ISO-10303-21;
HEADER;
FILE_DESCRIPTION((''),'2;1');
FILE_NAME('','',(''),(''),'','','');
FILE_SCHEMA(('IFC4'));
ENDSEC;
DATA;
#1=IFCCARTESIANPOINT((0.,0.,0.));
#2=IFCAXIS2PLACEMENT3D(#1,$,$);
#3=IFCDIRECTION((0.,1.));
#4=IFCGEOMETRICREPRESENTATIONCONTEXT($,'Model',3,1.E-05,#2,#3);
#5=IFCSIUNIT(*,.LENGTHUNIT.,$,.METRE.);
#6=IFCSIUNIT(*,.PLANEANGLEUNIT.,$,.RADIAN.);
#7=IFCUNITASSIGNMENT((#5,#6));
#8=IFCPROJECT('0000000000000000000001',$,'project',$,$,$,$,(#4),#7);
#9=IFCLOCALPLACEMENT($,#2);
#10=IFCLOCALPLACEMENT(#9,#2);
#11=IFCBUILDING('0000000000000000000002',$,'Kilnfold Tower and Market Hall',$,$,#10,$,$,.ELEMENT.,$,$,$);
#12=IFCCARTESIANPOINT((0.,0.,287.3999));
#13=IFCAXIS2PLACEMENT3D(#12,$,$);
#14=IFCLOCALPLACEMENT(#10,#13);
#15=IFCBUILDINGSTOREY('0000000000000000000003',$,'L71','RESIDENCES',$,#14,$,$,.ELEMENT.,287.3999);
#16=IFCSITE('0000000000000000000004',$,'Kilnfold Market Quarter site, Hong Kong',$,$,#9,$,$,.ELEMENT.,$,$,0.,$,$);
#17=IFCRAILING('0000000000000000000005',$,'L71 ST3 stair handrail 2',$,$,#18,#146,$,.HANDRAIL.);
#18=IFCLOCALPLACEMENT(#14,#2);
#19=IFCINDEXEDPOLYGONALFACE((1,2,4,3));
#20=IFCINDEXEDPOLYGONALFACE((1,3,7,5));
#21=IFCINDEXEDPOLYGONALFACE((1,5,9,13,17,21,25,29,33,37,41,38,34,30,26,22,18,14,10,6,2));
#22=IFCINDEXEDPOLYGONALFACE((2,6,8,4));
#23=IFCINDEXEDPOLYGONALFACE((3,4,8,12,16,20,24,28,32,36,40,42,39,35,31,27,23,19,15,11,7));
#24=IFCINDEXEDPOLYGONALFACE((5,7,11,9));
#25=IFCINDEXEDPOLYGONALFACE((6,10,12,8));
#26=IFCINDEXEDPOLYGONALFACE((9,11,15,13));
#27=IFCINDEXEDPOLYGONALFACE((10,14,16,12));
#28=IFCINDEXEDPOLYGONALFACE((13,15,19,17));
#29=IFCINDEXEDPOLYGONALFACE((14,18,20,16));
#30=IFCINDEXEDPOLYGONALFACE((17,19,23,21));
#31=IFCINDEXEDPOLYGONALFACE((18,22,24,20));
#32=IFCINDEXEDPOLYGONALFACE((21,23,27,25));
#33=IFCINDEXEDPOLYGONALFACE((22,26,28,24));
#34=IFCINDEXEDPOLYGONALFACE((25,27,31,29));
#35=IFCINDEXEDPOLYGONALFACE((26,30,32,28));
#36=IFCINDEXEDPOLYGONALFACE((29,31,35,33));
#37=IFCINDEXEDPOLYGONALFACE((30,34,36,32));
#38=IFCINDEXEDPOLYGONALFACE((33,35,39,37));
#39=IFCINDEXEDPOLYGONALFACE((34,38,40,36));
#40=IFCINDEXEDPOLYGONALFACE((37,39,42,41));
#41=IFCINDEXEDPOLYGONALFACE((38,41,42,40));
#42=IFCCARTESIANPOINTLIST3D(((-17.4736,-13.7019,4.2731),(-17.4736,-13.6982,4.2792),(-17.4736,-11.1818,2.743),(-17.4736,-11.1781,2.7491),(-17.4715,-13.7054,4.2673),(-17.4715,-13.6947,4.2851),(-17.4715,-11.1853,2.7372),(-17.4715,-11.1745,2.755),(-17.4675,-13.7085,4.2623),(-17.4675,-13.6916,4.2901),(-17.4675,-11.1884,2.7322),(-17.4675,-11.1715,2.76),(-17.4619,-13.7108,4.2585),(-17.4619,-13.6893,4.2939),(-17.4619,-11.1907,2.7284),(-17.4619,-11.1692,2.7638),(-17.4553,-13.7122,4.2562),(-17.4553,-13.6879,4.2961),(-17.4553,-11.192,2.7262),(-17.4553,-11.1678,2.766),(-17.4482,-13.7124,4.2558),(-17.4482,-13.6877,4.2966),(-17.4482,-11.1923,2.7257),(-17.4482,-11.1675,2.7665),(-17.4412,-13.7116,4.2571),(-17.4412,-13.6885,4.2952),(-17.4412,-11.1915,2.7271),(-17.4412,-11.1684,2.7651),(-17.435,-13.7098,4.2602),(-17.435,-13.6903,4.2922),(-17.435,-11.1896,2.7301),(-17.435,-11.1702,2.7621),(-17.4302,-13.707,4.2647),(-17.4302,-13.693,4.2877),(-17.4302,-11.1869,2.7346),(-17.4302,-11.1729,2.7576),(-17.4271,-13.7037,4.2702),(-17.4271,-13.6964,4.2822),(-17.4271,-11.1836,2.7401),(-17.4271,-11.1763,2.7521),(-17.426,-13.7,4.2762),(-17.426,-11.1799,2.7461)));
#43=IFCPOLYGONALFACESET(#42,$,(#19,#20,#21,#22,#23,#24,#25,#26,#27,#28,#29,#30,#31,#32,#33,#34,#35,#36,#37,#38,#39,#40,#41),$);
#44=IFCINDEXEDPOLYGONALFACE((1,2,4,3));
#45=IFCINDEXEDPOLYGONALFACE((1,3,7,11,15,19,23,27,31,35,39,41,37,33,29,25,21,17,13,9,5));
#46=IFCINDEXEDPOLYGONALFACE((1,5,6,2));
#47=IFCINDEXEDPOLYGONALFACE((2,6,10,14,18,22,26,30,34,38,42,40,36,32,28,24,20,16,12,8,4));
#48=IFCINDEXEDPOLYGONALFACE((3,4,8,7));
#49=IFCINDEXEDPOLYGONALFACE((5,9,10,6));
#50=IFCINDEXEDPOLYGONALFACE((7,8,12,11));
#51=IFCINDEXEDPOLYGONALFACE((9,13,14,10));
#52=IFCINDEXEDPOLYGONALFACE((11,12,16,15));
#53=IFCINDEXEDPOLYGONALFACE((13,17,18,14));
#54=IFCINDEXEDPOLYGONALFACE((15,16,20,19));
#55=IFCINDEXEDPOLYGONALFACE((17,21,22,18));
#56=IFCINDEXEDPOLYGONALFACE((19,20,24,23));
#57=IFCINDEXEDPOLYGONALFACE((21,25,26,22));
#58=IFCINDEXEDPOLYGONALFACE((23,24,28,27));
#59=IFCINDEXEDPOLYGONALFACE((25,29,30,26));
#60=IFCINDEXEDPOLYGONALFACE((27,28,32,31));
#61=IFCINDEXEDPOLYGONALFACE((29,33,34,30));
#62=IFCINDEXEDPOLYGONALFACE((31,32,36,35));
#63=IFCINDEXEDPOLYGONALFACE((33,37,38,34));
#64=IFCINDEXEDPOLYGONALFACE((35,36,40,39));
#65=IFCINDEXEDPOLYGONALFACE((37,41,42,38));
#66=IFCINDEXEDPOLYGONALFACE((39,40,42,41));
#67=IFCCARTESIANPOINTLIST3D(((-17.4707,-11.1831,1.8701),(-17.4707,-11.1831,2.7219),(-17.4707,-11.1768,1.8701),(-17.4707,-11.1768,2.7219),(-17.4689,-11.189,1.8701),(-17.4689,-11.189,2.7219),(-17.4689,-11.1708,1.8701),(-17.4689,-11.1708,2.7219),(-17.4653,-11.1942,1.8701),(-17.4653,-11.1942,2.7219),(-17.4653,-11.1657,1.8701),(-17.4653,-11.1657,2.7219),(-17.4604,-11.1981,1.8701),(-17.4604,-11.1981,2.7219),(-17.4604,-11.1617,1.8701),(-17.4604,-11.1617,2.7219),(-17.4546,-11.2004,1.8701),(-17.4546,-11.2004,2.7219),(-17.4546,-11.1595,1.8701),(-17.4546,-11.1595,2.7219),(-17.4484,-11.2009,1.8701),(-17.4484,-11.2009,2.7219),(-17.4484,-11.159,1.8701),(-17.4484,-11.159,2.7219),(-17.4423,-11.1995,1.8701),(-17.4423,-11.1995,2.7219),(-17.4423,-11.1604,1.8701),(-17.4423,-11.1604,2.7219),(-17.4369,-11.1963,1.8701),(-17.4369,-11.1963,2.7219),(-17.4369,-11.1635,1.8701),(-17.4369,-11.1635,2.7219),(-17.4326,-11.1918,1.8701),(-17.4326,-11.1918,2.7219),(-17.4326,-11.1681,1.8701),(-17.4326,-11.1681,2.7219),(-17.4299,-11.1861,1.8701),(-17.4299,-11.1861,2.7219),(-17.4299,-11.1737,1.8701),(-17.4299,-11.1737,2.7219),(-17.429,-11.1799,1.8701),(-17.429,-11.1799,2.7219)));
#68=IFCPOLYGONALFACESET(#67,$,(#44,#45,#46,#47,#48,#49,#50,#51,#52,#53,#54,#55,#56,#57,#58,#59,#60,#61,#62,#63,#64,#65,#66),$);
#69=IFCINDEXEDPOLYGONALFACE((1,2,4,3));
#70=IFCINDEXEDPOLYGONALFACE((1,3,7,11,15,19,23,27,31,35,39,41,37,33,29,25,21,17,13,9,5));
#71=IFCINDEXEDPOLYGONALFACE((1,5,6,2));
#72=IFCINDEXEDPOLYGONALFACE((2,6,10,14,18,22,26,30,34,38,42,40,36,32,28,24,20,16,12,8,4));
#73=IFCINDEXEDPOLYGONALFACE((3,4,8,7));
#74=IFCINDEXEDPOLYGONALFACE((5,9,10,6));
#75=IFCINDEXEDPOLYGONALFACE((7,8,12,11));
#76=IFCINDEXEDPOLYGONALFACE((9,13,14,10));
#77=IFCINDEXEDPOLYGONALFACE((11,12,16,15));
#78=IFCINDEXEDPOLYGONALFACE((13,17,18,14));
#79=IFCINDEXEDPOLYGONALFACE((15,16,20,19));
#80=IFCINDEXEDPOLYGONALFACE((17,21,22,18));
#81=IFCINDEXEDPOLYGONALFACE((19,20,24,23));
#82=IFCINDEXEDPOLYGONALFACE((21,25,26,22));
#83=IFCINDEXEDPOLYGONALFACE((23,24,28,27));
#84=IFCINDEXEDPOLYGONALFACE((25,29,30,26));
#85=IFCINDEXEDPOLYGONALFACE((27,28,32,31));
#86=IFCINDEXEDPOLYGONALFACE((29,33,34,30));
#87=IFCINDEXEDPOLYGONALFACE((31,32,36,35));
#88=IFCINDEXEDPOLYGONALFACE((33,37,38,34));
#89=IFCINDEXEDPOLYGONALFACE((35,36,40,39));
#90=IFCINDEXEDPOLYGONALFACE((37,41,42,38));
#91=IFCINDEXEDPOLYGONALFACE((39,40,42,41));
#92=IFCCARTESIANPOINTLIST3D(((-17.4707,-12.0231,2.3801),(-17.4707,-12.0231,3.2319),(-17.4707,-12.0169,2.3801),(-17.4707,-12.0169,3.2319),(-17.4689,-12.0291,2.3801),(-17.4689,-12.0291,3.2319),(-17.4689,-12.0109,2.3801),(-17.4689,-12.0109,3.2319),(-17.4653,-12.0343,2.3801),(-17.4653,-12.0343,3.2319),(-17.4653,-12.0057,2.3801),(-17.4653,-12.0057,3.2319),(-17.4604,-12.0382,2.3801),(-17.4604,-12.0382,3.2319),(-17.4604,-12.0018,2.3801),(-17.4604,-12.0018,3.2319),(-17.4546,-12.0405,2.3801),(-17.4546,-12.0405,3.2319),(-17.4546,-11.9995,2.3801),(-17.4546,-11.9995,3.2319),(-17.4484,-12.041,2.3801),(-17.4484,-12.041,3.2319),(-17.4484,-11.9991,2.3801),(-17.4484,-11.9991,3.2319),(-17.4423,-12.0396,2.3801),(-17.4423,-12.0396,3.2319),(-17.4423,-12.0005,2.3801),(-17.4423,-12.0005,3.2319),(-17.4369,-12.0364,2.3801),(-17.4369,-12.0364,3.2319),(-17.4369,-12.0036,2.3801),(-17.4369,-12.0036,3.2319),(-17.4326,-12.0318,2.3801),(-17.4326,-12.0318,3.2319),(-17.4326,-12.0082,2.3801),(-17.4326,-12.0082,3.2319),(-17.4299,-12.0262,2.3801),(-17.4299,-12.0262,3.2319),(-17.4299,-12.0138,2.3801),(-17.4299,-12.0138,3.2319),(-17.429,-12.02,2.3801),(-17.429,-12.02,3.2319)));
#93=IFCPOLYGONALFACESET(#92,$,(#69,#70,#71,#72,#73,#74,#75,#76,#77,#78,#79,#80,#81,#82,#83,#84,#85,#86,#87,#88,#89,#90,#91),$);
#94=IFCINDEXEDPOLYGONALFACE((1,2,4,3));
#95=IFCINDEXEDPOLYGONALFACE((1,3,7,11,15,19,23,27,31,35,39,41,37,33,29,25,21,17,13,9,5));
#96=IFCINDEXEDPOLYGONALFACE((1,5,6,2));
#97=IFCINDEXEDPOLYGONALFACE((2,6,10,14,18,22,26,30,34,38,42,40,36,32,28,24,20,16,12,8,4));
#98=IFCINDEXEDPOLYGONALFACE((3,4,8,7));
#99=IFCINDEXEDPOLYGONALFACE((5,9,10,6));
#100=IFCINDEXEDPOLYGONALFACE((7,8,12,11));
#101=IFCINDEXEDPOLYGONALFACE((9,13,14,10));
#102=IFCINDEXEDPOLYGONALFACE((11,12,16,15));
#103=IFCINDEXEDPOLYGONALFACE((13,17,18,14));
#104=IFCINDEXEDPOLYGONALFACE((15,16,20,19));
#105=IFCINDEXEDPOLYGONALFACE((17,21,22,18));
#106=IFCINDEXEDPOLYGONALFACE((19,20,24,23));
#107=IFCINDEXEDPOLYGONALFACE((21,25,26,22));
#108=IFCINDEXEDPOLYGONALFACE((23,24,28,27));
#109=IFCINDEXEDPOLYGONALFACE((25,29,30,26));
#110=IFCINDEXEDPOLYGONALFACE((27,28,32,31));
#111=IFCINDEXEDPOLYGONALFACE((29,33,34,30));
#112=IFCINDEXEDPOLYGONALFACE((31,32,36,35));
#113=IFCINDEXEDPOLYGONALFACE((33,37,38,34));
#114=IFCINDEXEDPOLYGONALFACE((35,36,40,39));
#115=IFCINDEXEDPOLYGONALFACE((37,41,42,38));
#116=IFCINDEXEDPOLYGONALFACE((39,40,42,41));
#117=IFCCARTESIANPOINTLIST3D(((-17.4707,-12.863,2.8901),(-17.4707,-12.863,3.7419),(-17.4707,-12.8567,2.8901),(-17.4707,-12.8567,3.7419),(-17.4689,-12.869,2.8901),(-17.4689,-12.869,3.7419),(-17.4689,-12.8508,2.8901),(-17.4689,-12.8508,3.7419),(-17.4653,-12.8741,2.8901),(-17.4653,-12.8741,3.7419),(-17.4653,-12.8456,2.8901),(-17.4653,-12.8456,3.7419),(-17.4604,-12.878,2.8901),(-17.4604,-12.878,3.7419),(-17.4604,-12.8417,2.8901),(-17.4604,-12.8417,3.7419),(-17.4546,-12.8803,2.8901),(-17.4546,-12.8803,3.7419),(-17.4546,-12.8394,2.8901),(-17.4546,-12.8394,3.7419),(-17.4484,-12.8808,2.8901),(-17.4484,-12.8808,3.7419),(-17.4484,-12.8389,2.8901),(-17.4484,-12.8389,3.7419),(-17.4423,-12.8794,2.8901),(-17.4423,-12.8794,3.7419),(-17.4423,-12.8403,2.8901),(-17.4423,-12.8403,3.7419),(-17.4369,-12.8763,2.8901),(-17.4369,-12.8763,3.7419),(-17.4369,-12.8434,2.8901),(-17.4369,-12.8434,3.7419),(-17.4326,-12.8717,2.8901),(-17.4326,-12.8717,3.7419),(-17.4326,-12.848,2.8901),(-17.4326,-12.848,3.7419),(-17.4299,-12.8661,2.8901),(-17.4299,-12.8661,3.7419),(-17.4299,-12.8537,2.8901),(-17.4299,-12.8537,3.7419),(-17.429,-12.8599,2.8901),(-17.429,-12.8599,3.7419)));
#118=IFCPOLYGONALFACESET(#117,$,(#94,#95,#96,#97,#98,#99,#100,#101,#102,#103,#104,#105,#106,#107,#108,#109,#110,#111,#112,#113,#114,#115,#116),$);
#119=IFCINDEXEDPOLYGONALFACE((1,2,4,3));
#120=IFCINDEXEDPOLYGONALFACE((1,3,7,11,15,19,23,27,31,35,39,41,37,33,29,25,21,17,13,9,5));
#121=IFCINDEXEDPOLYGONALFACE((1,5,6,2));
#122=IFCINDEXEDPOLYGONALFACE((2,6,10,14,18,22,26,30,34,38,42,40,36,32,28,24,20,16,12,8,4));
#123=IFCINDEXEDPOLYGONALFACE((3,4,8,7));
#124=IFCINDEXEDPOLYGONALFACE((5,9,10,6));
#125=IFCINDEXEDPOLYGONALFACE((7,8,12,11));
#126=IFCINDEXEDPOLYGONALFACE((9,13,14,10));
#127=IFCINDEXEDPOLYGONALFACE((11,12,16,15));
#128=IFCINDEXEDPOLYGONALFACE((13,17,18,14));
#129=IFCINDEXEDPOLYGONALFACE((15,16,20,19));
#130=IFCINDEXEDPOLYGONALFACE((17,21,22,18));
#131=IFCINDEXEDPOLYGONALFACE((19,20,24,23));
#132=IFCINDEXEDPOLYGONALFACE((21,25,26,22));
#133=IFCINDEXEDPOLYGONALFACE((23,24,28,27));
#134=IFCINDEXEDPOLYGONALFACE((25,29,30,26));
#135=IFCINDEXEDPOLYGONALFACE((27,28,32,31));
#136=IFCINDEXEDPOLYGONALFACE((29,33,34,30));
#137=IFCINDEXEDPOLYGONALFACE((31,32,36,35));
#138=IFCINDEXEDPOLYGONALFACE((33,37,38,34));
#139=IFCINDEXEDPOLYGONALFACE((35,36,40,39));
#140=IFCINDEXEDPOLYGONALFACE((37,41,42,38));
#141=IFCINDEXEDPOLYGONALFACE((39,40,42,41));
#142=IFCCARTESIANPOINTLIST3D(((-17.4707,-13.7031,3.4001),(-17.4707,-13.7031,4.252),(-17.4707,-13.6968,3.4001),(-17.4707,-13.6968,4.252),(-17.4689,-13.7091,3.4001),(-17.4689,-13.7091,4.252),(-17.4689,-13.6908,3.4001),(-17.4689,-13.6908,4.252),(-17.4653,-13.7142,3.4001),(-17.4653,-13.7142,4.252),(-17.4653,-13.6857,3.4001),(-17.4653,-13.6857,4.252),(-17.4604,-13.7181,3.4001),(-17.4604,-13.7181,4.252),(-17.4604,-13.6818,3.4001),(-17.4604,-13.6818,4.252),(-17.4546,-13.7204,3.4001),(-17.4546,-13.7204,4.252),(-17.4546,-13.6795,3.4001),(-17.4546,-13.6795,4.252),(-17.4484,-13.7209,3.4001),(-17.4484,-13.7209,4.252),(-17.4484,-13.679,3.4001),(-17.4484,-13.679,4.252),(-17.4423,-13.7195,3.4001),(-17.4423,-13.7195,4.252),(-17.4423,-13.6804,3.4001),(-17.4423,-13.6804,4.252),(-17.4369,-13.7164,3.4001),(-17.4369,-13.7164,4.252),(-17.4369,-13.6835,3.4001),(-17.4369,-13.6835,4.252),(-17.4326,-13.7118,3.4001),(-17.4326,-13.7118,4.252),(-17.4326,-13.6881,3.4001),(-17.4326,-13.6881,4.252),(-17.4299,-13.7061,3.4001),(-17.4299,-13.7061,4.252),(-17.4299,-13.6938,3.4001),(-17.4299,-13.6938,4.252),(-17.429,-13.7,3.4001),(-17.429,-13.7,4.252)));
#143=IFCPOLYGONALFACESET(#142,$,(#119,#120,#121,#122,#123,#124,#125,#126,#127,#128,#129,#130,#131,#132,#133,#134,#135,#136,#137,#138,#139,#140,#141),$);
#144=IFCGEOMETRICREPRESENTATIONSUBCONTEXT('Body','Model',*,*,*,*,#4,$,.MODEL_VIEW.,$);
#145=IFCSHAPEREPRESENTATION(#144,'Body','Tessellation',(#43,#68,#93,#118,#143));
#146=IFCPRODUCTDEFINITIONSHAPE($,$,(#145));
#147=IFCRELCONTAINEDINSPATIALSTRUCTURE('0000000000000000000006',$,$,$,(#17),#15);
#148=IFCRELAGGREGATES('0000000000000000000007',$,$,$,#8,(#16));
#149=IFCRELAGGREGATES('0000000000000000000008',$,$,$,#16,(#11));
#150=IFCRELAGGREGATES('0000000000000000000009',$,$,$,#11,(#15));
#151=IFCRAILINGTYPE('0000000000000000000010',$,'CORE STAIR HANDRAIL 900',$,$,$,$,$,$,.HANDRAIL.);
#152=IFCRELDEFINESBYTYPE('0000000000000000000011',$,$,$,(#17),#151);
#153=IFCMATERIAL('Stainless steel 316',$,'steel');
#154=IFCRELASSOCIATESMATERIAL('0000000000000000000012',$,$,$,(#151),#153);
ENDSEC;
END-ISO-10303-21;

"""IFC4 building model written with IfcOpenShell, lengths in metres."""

from ifc_helpers import new_model, si_unit, direction, frame, origin, origin_2d, place, context, subcontext, project, spatial, circle, extrude, material, type_object, element, save


model = new_model("IFC4")

# Units and contexts
model_context = context("Model", 3, precision=1e-05, world=origin(), true_north=direction((0.0, 1.0)))
body_context = subcontext(model_context, "Body", "Model", "MODEL_VIEW")
ifc_project = project(units=[si_unit("LENGTHUNIT", "METRE"), si_unit("PLANEANGLEUNIT", "RADIAN")], contexts=[model_context])

# Site, building, storey
site_placement = place(None, origin())
site = spatial("IfcSite", under=ifc_project, at=site_placement, Name="Kilnfold Market Quarter site, Hong Kong", CompositionType="ELEMENT", RefElevation=0.0)
building_placement = place(site_placement, origin())
building = spatial("IfcBuilding", under=site, at=building_placement, Name="Kilnfold Tower and Market Hall", CompositionType="ELEMENT")
storey_placement = place(building_placement, frame((0.0, 0.0, 287.3999)))
storey = spatial("IfcBuildingStorey", under=building, at=storey_placement, Name="L71", Description="RESIDENCES", CompositionType="ELEMENT", Elevation=287.3999)

# Railing
ifc_material_1 = material(Name="Stainless steel 316", Category="steel")
railing_type_1 = type_object("IfcRailingType", Name="CORE STAIR HANDRAIL 900", PredefinedType="HANDRAIL", material=ifc_material_1)
railing_1_placement = place(storey_placement, frame((-17.45, -11.1799, 1.8701)))
element("IfcRailing", 1, at=railing_1_placement, inside=storey, type_object=railing_type_1, Name="L71 ST3 stair handrail 2", PredefinedType="HANDRAIL", context=body_context, shape_type="SweptSolid", body=[
    extrude(circle(Radius=0.0239, at=origin_2d()), frame((0.0, 0.0, 0.876), z_axis=(0.0, -0.854785, 0.518982), x_axis=(1.0, 0.0, 0.0)), (0.0, 0.0, 1.0), 2.9482),
    extrude(circle(Radius=0.021, at=origin_2d()), origin(), (0.0, 0.0, 1.0), 0.8518),
    extrude(circle(Radius=0.021, at=origin_2d()), frame((0.0, -0.8401, 0.51)), (0.0, 0.0, 1.0), 0.8518),
    extrude(circle(Radius=0.021, at=origin_2d()), frame((0.0, -1.6799, 1.02)), (0.0, 0.0, 1.0), 0.8518),
    extrude(circle(Radius=0.021, at=origin_2d()), frame((0.0, -2.52, 1.53)), (0.0, 0.0, 1.0), 0.8518),
])

save(model, "model.ifc")
